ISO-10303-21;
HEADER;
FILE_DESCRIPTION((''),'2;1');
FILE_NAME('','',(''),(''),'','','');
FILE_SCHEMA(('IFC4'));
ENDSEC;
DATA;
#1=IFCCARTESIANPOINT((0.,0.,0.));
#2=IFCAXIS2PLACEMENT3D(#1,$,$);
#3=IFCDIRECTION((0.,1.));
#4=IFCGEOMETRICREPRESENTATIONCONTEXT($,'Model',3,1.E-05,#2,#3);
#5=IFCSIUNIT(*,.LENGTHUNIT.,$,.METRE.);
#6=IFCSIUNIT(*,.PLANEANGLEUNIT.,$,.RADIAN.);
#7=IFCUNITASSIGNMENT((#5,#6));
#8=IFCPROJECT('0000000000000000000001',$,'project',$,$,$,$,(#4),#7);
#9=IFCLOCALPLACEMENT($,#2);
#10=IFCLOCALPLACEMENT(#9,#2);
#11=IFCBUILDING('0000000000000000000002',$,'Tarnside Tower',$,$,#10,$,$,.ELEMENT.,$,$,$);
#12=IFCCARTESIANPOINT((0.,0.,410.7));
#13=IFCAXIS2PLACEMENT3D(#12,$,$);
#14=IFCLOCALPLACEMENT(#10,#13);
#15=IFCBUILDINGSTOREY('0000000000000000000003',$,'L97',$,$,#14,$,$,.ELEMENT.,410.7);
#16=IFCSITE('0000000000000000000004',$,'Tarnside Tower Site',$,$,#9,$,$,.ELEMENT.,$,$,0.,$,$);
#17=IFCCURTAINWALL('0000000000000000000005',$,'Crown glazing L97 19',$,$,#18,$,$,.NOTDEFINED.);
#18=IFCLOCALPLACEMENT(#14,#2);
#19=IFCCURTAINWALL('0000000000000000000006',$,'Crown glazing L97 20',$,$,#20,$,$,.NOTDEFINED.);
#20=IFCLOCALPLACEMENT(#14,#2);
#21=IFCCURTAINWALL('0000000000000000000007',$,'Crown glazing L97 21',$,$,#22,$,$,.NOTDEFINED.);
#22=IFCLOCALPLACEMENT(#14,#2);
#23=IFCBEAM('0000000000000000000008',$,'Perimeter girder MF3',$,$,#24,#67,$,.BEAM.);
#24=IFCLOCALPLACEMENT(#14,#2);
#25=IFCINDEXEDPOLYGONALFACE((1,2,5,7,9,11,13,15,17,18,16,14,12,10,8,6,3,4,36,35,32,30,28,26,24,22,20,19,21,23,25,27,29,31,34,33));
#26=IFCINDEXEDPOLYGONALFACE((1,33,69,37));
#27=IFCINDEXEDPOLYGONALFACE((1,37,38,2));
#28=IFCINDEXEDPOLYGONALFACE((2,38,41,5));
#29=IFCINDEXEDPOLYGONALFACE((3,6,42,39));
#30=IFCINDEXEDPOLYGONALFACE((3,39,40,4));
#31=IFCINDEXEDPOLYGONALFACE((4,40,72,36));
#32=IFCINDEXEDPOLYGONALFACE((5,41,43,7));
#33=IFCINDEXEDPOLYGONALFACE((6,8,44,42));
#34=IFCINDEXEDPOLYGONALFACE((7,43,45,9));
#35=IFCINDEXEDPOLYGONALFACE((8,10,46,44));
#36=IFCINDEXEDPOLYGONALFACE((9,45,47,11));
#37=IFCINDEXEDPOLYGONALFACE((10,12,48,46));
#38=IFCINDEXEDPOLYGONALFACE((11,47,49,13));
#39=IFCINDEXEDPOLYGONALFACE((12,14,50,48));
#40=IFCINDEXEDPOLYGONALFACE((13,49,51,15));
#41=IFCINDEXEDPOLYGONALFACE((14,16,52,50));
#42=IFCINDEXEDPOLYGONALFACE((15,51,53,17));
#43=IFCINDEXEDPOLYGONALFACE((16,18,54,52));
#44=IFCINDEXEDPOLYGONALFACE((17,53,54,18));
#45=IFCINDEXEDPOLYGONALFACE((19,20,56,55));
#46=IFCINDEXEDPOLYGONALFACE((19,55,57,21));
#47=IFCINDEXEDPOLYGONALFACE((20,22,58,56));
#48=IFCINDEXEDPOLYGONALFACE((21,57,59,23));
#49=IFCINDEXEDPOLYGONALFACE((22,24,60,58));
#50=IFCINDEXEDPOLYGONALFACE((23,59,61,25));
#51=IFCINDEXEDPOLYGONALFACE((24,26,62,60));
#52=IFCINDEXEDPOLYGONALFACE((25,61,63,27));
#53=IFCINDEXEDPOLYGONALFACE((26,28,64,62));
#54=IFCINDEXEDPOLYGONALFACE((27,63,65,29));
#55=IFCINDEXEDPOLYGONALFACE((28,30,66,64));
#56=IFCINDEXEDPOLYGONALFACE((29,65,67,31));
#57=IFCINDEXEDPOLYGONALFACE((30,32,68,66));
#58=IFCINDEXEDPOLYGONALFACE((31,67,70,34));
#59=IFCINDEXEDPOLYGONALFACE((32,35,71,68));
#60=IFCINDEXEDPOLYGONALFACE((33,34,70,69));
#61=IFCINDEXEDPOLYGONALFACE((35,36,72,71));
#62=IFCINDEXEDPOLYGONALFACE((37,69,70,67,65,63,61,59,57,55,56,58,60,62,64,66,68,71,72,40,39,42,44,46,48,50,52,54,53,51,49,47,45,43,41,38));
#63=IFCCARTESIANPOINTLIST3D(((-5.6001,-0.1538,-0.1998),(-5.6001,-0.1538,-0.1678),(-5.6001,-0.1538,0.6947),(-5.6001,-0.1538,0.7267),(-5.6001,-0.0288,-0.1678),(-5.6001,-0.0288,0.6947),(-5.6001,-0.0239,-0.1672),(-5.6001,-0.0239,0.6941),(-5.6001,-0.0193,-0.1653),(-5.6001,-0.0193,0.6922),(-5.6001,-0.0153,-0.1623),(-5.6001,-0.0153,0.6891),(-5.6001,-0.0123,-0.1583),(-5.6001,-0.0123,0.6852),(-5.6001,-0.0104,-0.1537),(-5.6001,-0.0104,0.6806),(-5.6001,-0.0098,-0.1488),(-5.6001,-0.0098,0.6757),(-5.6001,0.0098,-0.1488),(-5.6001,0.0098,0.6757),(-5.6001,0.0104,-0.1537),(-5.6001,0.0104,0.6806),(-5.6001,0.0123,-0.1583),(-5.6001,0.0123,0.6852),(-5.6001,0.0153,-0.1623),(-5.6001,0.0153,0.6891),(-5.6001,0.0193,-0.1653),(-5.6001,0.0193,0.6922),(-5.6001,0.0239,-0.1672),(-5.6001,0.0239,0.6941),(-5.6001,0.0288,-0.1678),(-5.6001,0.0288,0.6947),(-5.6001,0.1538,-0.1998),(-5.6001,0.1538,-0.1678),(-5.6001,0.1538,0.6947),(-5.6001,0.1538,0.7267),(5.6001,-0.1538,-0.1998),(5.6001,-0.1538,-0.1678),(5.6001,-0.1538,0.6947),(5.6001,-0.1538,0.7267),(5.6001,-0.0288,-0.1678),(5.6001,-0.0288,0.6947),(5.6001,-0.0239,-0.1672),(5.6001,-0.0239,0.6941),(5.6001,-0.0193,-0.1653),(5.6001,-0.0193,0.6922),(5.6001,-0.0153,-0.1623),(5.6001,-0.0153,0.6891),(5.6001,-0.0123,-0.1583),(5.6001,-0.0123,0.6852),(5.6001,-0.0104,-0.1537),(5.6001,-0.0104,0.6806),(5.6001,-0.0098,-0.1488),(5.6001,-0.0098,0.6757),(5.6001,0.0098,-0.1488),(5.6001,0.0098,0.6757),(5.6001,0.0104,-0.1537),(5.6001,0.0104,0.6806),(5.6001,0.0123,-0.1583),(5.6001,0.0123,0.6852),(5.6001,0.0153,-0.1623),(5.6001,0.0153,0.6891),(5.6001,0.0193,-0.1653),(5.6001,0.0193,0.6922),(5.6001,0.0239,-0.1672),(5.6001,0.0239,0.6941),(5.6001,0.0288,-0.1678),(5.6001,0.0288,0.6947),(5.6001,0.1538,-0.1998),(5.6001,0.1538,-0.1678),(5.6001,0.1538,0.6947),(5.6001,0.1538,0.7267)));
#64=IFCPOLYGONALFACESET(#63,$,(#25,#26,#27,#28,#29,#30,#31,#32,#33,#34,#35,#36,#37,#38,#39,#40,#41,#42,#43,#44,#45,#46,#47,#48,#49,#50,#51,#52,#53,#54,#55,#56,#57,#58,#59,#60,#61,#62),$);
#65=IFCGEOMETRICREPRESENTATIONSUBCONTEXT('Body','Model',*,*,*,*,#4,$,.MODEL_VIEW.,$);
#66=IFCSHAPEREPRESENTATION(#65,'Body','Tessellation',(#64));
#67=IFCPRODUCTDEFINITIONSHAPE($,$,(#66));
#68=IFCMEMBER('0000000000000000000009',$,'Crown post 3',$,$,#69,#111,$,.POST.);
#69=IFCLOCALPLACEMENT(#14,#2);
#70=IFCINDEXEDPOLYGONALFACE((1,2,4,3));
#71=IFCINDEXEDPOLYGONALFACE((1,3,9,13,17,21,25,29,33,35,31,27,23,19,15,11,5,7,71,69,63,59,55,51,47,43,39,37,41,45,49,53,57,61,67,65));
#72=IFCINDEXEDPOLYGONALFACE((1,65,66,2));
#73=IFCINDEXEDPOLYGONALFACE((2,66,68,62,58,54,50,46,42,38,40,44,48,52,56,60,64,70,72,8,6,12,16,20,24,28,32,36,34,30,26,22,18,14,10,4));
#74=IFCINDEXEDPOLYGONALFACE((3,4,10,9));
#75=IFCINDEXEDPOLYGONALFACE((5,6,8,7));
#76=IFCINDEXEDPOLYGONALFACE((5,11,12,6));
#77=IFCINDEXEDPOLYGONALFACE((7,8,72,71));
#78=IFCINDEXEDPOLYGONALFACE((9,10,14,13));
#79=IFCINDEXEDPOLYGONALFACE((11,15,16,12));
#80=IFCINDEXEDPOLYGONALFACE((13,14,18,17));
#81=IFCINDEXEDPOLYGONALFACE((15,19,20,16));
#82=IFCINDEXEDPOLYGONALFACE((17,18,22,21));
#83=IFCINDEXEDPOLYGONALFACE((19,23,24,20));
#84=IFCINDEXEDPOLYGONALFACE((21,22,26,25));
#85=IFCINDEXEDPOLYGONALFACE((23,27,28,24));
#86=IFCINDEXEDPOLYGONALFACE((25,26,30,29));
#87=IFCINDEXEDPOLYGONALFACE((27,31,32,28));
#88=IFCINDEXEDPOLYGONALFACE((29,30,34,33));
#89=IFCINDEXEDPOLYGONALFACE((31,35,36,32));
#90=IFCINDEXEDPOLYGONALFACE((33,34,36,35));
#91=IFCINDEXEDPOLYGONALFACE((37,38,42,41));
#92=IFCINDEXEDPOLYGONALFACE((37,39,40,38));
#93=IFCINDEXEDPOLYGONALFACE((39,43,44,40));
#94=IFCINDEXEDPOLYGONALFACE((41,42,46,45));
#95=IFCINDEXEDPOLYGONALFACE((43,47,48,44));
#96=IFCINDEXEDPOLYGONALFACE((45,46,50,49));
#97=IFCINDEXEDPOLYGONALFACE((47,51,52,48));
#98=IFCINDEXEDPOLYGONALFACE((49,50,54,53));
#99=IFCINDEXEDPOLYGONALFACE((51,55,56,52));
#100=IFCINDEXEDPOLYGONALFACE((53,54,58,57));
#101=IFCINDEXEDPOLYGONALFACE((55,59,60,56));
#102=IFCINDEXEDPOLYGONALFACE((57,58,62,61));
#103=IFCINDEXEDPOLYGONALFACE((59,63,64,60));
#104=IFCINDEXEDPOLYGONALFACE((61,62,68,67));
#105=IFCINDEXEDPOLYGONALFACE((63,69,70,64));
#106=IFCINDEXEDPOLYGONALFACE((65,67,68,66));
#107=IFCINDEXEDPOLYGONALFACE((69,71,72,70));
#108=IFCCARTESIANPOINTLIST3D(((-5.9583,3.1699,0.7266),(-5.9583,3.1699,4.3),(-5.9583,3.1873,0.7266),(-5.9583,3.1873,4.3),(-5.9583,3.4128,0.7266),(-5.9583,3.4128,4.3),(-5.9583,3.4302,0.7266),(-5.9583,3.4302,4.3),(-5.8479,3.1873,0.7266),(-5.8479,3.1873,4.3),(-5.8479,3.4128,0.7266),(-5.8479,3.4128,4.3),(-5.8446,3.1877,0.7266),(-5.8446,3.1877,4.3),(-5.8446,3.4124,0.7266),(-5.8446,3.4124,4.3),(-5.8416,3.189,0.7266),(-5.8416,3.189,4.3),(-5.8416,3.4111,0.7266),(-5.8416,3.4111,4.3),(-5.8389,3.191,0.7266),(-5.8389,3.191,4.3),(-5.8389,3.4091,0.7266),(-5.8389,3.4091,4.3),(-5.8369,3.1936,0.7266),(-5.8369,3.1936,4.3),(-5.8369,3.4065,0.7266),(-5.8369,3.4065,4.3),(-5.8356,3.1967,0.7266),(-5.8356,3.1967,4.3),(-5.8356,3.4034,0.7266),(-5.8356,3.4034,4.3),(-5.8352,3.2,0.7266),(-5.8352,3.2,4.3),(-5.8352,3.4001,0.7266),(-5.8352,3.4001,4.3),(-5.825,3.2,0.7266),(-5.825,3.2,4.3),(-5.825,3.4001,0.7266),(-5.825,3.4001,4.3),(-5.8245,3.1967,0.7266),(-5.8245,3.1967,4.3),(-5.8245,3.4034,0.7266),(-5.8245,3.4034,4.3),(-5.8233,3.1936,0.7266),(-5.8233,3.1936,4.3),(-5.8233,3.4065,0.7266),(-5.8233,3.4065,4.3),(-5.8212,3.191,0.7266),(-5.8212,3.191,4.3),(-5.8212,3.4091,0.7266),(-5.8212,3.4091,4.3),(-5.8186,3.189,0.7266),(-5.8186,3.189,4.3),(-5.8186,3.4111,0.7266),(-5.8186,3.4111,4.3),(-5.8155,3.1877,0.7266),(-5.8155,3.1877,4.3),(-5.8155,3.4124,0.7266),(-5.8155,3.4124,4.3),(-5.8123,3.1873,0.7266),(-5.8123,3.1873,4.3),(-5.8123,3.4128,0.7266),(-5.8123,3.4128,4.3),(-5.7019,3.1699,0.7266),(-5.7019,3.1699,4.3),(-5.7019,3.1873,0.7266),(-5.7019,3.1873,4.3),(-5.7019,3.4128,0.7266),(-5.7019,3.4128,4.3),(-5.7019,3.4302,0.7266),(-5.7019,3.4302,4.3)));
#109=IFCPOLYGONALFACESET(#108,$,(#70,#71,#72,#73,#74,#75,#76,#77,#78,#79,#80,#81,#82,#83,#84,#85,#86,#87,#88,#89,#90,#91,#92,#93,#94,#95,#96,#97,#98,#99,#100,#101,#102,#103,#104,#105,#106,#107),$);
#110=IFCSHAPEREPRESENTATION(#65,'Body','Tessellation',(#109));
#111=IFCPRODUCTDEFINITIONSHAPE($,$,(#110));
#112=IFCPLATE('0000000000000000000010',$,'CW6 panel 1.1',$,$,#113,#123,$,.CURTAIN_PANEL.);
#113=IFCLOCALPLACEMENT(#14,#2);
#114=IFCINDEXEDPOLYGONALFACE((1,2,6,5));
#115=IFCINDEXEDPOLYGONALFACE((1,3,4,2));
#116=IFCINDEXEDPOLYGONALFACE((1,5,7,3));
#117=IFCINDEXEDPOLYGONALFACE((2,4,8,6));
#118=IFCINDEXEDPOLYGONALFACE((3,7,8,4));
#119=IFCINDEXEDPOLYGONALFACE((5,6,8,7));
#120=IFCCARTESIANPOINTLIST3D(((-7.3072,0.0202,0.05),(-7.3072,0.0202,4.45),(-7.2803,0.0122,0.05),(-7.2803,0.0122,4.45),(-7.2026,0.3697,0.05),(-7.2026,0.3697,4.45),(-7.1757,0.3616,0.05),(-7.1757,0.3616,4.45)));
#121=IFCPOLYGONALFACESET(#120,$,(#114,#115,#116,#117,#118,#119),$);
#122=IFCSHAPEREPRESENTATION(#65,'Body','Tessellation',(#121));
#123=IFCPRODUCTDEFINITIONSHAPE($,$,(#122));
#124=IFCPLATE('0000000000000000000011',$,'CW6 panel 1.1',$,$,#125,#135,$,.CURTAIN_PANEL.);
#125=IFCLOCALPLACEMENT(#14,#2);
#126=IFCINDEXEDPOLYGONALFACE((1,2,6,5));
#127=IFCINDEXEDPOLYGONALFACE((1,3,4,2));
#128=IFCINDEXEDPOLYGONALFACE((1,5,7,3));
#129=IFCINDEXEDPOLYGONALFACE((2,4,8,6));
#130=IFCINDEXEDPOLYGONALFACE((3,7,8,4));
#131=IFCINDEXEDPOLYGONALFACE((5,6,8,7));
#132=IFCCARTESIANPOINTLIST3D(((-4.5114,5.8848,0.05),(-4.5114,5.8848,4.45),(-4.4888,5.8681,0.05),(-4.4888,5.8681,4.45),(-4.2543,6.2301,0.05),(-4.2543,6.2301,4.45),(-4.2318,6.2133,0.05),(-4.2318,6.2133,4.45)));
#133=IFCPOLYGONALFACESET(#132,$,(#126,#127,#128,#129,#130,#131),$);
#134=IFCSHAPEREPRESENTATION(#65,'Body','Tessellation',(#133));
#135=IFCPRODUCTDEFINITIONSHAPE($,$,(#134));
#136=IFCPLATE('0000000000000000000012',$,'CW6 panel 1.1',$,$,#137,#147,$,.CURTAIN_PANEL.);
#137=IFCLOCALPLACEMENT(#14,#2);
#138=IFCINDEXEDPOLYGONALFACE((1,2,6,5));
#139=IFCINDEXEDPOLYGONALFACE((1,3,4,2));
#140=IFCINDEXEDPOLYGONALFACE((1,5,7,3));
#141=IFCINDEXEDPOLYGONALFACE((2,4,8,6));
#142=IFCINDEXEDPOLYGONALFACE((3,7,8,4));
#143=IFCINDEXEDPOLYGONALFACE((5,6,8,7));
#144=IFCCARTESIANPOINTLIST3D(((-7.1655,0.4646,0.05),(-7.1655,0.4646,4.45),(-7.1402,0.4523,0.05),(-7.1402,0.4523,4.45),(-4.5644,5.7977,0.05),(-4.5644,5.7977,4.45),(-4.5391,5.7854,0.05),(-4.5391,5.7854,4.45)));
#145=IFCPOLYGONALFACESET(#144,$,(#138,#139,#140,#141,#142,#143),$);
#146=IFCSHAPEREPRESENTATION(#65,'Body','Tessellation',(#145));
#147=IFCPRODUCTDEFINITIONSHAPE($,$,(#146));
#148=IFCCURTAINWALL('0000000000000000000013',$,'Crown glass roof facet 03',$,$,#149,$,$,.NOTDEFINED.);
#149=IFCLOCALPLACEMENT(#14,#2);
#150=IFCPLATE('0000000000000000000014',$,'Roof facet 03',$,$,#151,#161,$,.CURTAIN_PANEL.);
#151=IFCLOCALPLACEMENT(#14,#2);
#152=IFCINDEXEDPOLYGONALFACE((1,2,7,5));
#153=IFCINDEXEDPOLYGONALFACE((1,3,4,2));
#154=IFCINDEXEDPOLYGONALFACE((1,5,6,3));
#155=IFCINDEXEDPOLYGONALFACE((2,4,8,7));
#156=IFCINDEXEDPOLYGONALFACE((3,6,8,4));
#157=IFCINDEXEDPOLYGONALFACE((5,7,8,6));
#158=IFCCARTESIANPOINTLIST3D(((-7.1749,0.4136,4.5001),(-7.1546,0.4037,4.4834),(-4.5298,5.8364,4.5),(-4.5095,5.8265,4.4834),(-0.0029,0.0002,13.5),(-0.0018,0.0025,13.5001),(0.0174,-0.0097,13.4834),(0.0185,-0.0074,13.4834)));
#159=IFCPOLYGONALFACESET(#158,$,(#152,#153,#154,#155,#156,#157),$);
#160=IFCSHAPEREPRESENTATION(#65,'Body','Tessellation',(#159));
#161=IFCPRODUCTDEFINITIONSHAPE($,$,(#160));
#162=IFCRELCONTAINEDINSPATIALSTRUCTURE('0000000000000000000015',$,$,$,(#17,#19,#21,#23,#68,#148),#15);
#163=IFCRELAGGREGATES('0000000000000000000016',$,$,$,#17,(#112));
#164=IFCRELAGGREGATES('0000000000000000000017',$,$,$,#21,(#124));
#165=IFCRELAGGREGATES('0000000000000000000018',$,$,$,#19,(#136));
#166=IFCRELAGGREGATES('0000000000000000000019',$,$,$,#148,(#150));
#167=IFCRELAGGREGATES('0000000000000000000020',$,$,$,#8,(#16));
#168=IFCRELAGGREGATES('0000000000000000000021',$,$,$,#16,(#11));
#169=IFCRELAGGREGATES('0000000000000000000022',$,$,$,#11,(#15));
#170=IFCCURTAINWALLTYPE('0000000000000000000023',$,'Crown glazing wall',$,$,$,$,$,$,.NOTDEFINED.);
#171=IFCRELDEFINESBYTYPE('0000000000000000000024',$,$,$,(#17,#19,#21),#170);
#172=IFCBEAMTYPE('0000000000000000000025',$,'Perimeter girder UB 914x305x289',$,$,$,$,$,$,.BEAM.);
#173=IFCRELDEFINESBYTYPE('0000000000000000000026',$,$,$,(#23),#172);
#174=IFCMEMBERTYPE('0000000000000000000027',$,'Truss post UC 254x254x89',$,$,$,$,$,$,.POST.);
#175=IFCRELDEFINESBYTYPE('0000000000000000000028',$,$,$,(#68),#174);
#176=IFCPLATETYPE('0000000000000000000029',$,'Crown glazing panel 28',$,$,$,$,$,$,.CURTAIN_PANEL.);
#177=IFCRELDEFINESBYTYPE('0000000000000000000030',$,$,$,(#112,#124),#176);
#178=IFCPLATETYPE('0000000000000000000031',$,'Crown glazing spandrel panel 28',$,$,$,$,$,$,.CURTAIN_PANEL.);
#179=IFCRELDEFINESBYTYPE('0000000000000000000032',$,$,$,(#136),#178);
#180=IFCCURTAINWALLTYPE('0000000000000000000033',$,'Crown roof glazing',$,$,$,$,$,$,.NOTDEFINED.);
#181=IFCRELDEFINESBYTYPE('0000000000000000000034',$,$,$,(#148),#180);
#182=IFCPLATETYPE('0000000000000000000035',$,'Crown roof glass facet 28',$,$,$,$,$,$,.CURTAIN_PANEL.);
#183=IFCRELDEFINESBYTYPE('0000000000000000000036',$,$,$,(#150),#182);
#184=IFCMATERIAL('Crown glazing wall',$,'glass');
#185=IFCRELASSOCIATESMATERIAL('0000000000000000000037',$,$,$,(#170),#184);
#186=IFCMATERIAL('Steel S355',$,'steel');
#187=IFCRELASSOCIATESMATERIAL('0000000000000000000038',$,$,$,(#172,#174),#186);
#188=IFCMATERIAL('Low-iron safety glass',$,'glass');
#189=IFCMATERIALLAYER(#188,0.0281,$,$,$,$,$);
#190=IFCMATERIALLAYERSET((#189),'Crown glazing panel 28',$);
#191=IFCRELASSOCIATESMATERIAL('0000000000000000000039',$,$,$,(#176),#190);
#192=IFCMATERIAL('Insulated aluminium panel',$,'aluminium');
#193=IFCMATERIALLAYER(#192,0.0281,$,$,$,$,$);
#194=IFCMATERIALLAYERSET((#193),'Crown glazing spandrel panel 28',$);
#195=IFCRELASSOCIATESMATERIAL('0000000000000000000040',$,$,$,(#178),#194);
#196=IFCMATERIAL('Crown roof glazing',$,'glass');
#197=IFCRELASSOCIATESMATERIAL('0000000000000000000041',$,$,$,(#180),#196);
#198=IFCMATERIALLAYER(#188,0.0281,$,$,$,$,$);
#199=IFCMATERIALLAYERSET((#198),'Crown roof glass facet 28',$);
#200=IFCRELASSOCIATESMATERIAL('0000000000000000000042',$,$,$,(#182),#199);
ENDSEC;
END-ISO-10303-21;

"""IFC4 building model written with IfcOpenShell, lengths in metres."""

from ifc_helpers import new_model, si_unit, direction, frame, origin, origin_2d, place, context, subcontext, project, spatial, polyline, rectangle, i_section, outline, extrude, material, layer, layer_set, material_profile, profile_set, type_object, element, aggregate, save


model = new_model("IFC4")

# Units and contexts
model_context = context("Model", 3, precision=1e-05, world=origin(), true_north=direction((0.0, 1.0)))
body_context = subcontext(model_context, "Body", "Model", "MODEL_VIEW")
ifc_project = project(units=[si_unit("LENGTHUNIT", "METRE"), si_unit("PLANEANGLEUNIT", "RADIAN")], contexts=[model_context])

# Site, building, storey
site_placement = place(None, origin())
site = spatial("IfcSite", under=ifc_project, at=site_placement, Name="Tarnside Tower Site", CompositionType="ELEMENT", RefElevation=0.0)
building_placement = place(site_placement, origin())
building = spatial("IfcBuilding", under=site, at=building_placement, Name="Tarnside Tower", CompositionType="ELEMENT")
storey_placement = place(building_placement, frame((0.0, 0.0, 410.7)))
storey = spatial("IfcBuildingStorey", under=building, at=storey_placement, Name="L97", CompositionType="ELEMENT", Elevation=410.7)

# Curtain wall
ifc_material_1 = material(Name="Crown glazing wall", Category="glass")
curtain_wall_type_1 = type_object("IfcCurtainWallType", Name="Crown glazing wall", PredefinedType="NOTDEFINED", material=ifc_material_1)
curtain_wall_1_placement = place(storey_placement, origin())
curtain_wall_1 = element("IfcCurtainWall", 1, at=curtain_wall_1_placement, inside=storey, type_object=curtain_wall_type_1, Name="Crown glazing L97 19", PredefinedType="NOTDEFINED")

# Curtain walls
curtain_wall_2_placement = place(storey_placement, origin())
curtain_wall_2 = element("IfcCurtainWall", 2, at=curtain_wall_2_placement, inside=storey, type_object=curtain_wall_type_1, Name="Crown glazing L97 20", PredefinedType="NOTDEFINED")
curtain_wall_3_placement = place(storey_placement, origin())
curtain_wall_3 = element("IfcCurtainWall", 3, at=curtain_wall_3_placement, inside=storey, type_object=curtain_wall_type_1, Name="Crown glazing L97 21", PredefinedType="NOTDEFINED")

# Shared definitions
ifc_material_2 = material(Name="Steel S355", Category="steel")

# Beam
ifc_material_profile_1 = material_profile(ifc_material_2, i_section(OverallWidth=0.3076, OverallDepth=0.9265, WebThickness=0.0195, FlangeThickness=0.032, FilletRadius=0.019, at=origin_2d()), Name="UB 914x305x289")
ifc_profile_set_1 = profile_set([ifc_material_profile_1], Name="Steel S355")
beam_type_1 = type_object("IfcBeamType", Name="Perimeter girder UB 914x305x289", PredefinedType="BEAM", material=ifc_profile_set_1)
beam_1_placement = place(storey_placement, frame((-5.6001, 0.0, 0.2634), z_axis=(1.0, 0.0, 0.0), x_axis=(0.0, 1.0, 0.0)))
element("IfcBeam", 4, at=beam_1_placement, inside=storey, type_object=beam_type_1, Name="Perimeter girder MF3", PredefinedType="BEAM", context=body_context, shape_type="SweptSolid", body=[
    extrude(i_section(OverallWidth=0.3076, OverallDepth=0.9265, WebThickness=0.0195, FlangeThickness=0.032, FilletRadius=0.019, at=origin_2d()), origin(), (0.0, 0.0, 1.0), 11.2002),
])

# Member
ifc_material_profile_2 = material_profile(ifc_material_2, i_section(OverallWidth=0.2563, OverallDepth=0.2603, WebThickness=0.0103, FlangeThickness=0.0173, FilletRadius=0.0127, at=origin_2d()), Name="UC 254x254x89")
ifc_profile_set_2 = profile_set([ifc_material_profile_2], Name="Steel S355")
member_type_1 = type_object("IfcMemberType", Name="Truss post UC 254x254x89", PredefinedType="POST", material=ifc_profile_set_2)
member_1_placement = place(storey_placement, frame((-5.8301, 3.3, 0.7266), z_axis=(0.0, 0.0, 1.0), x_axis=(1.0, 0.0, 0.0)))
element("IfcMember", 5, at=member_1_placement, inside=storey, type_object=member_type_1, Name="Crown post 3", PredefinedType="POST", context=body_context, shape_type="SweptSolid", body=[
    extrude(i_section(OverallWidth=0.2563, OverallDepth=0.2603, WebThickness=0.0103, FlangeThickness=0.0173, FilletRadius=0.0127, at=origin_2d()), origin(), (0.0, 0.0, 1.0), 3.5735),
])

# Plates
ifc_material_3 = material(Name="Low-iron safety glass", Category="glass")
ifc_layer_1 = layer(ifc_material_3, 0.0281)
ifc_layer_set_1 = layer_set([ifc_layer_1], Name="Crown glazing panel 28")
plate_type_1 = type_object("IfcPlateType", Name="Crown glazing panel 28", PredefinedType="CURTAIN_PANEL", material=ifc_layer_set_1)
plate_1_placement = place(storey_placement, frame((-7.2415, 0.1909, 0.05), z_axis=(0.0, 0.0, 1.0), x_axis=(0.286803, 0.95799, 0.0)))
plate_1 = element("IfcPlate", 6, at=plate_1_placement, type_object=plate_type_1, Name="CW6 panel 1.1", PredefinedType="CURTAIN_PANEL", context=body_context, shape_type="SweptSolid", body=[
    extrude(rectangle(XDim=0.3647, YDim=0.0281, at=origin_2d()), origin(), (0.0, 0.0, 1.0), 4.3999),
])
aggregate(curtain_wall_1, [plate_1])
plate_2_placement = place(storey_placement, frame((-4.3716, 6.0491, 0.05), z_axis=(0.0, 0.0, 1.0), x_axis=(0.597159, 0.802123, 0.0)))
plate_2 = element("IfcPlate", 7, at=plate_2_placement, type_object=plate_type_1, Name="CW6 panel 1.1", PredefinedType="CURTAIN_PANEL", context=body_context, shape_type="SweptSolid", body=[
    extrude(rectangle(XDim=0.4304, YDim=0.0281, at=origin_2d()), origin(), (0.0, 0.0, 1.0), 4.3999),
])
aggregate(curtain_wall_3, [plate_2])
ifc_material_4 = material(Name="Insulated aluminium panel", Category="aluminium")
ifc_layer_2 = layer(ifc_material_4, 0.0281)
ifc_layer_set_2 = layer_set([ifc_layer_2], Name="Crown glazing spandrel panel 28")
plate_type_2 = type_object("IfcPlateType", Name="Crown glazing spandrel panel 28", PredefinedType="CURTAIN_PANEL", material=ifc_layer_set_2)
plate_3_placement = place(storey_placement, frame((-5.8523, 3.125, 0.05), z_axis=(0.0, 0.0, 1.0), x_axis=(0.438371, 0.898794, 0.0)))
plate_3 = element("IfcPlate", 8, at=plate_3_placement, type_object=plate_type_2, Name="CW6 panel 1.1", PredefinedType="CURTAIN_PANEL", context=body_context, shape_type="SweptSolid", body=[
    extrude(rectangle(XDim=5.9336, YDim=0.0281, at=origin_2d()), origin(), (0.0, 0.0, 1.0), 4.3999),
])
aggregate(curtain_wall_2, [plate_3])

# Curtain wall, plate
ifc_material_5 = material(Name="Crown roof glazing", Category="glass")
curtain_wall_type_2 = type_object("IfcCurtainWallType", Name="Crown roof glazing", PredefinedType="NOTDEFINED", material=ifc_material_5)
curtain_wall_4_placement = place(storey_placement, origin())
curtain_wall_4 = element("IfcCurtainWall", 9, at=curtain_wall_4_placement, inside=storey, type_object=curtain_wall_type_2, Name="Crown glass roof facet 03", PredefinedType="NOTDEFINED")
ifc_layer_3 = layer(ifc_material_3, 0.0281)
ifc_layer_set_3 = layer_set([ifc_layer_3], Name="Crown roof glass facet 28")
plate_type_3 = type_object("IfcPlateType", Name="Crown roof glass facet 28", PredefinedType="CURTAIN_PANEL", material=ifc_layer_set_3)
plate_4_placement = place(storey_placement, frame((-4.5298, 5.8364, 4.5), z_axis=(-0.723731, 0.353023, 0.592948), x_axis=(-0.4384, -0.89878, 0.000011)))
plate_4 = element("IfcPlate", 10, at=plate_4_placement, type_object=plate_type_3, Name="Roof facet 03", PredefinedType="CURTAIN_PANEL", context=body_context, shape_type="SweptSolid", body=[
    extrude(outline(polyline([(0.0, 0.0), (6.0335, 0.0), (3.261, 11.1767), (3.2585, 11.1768), (0.0, 0.0)])), origin(), (0.0, 0.0, -1.0), 0.0281),
])
aggregate(curtain_wall_4, [plate_4])

save(model, "model.ifc")
